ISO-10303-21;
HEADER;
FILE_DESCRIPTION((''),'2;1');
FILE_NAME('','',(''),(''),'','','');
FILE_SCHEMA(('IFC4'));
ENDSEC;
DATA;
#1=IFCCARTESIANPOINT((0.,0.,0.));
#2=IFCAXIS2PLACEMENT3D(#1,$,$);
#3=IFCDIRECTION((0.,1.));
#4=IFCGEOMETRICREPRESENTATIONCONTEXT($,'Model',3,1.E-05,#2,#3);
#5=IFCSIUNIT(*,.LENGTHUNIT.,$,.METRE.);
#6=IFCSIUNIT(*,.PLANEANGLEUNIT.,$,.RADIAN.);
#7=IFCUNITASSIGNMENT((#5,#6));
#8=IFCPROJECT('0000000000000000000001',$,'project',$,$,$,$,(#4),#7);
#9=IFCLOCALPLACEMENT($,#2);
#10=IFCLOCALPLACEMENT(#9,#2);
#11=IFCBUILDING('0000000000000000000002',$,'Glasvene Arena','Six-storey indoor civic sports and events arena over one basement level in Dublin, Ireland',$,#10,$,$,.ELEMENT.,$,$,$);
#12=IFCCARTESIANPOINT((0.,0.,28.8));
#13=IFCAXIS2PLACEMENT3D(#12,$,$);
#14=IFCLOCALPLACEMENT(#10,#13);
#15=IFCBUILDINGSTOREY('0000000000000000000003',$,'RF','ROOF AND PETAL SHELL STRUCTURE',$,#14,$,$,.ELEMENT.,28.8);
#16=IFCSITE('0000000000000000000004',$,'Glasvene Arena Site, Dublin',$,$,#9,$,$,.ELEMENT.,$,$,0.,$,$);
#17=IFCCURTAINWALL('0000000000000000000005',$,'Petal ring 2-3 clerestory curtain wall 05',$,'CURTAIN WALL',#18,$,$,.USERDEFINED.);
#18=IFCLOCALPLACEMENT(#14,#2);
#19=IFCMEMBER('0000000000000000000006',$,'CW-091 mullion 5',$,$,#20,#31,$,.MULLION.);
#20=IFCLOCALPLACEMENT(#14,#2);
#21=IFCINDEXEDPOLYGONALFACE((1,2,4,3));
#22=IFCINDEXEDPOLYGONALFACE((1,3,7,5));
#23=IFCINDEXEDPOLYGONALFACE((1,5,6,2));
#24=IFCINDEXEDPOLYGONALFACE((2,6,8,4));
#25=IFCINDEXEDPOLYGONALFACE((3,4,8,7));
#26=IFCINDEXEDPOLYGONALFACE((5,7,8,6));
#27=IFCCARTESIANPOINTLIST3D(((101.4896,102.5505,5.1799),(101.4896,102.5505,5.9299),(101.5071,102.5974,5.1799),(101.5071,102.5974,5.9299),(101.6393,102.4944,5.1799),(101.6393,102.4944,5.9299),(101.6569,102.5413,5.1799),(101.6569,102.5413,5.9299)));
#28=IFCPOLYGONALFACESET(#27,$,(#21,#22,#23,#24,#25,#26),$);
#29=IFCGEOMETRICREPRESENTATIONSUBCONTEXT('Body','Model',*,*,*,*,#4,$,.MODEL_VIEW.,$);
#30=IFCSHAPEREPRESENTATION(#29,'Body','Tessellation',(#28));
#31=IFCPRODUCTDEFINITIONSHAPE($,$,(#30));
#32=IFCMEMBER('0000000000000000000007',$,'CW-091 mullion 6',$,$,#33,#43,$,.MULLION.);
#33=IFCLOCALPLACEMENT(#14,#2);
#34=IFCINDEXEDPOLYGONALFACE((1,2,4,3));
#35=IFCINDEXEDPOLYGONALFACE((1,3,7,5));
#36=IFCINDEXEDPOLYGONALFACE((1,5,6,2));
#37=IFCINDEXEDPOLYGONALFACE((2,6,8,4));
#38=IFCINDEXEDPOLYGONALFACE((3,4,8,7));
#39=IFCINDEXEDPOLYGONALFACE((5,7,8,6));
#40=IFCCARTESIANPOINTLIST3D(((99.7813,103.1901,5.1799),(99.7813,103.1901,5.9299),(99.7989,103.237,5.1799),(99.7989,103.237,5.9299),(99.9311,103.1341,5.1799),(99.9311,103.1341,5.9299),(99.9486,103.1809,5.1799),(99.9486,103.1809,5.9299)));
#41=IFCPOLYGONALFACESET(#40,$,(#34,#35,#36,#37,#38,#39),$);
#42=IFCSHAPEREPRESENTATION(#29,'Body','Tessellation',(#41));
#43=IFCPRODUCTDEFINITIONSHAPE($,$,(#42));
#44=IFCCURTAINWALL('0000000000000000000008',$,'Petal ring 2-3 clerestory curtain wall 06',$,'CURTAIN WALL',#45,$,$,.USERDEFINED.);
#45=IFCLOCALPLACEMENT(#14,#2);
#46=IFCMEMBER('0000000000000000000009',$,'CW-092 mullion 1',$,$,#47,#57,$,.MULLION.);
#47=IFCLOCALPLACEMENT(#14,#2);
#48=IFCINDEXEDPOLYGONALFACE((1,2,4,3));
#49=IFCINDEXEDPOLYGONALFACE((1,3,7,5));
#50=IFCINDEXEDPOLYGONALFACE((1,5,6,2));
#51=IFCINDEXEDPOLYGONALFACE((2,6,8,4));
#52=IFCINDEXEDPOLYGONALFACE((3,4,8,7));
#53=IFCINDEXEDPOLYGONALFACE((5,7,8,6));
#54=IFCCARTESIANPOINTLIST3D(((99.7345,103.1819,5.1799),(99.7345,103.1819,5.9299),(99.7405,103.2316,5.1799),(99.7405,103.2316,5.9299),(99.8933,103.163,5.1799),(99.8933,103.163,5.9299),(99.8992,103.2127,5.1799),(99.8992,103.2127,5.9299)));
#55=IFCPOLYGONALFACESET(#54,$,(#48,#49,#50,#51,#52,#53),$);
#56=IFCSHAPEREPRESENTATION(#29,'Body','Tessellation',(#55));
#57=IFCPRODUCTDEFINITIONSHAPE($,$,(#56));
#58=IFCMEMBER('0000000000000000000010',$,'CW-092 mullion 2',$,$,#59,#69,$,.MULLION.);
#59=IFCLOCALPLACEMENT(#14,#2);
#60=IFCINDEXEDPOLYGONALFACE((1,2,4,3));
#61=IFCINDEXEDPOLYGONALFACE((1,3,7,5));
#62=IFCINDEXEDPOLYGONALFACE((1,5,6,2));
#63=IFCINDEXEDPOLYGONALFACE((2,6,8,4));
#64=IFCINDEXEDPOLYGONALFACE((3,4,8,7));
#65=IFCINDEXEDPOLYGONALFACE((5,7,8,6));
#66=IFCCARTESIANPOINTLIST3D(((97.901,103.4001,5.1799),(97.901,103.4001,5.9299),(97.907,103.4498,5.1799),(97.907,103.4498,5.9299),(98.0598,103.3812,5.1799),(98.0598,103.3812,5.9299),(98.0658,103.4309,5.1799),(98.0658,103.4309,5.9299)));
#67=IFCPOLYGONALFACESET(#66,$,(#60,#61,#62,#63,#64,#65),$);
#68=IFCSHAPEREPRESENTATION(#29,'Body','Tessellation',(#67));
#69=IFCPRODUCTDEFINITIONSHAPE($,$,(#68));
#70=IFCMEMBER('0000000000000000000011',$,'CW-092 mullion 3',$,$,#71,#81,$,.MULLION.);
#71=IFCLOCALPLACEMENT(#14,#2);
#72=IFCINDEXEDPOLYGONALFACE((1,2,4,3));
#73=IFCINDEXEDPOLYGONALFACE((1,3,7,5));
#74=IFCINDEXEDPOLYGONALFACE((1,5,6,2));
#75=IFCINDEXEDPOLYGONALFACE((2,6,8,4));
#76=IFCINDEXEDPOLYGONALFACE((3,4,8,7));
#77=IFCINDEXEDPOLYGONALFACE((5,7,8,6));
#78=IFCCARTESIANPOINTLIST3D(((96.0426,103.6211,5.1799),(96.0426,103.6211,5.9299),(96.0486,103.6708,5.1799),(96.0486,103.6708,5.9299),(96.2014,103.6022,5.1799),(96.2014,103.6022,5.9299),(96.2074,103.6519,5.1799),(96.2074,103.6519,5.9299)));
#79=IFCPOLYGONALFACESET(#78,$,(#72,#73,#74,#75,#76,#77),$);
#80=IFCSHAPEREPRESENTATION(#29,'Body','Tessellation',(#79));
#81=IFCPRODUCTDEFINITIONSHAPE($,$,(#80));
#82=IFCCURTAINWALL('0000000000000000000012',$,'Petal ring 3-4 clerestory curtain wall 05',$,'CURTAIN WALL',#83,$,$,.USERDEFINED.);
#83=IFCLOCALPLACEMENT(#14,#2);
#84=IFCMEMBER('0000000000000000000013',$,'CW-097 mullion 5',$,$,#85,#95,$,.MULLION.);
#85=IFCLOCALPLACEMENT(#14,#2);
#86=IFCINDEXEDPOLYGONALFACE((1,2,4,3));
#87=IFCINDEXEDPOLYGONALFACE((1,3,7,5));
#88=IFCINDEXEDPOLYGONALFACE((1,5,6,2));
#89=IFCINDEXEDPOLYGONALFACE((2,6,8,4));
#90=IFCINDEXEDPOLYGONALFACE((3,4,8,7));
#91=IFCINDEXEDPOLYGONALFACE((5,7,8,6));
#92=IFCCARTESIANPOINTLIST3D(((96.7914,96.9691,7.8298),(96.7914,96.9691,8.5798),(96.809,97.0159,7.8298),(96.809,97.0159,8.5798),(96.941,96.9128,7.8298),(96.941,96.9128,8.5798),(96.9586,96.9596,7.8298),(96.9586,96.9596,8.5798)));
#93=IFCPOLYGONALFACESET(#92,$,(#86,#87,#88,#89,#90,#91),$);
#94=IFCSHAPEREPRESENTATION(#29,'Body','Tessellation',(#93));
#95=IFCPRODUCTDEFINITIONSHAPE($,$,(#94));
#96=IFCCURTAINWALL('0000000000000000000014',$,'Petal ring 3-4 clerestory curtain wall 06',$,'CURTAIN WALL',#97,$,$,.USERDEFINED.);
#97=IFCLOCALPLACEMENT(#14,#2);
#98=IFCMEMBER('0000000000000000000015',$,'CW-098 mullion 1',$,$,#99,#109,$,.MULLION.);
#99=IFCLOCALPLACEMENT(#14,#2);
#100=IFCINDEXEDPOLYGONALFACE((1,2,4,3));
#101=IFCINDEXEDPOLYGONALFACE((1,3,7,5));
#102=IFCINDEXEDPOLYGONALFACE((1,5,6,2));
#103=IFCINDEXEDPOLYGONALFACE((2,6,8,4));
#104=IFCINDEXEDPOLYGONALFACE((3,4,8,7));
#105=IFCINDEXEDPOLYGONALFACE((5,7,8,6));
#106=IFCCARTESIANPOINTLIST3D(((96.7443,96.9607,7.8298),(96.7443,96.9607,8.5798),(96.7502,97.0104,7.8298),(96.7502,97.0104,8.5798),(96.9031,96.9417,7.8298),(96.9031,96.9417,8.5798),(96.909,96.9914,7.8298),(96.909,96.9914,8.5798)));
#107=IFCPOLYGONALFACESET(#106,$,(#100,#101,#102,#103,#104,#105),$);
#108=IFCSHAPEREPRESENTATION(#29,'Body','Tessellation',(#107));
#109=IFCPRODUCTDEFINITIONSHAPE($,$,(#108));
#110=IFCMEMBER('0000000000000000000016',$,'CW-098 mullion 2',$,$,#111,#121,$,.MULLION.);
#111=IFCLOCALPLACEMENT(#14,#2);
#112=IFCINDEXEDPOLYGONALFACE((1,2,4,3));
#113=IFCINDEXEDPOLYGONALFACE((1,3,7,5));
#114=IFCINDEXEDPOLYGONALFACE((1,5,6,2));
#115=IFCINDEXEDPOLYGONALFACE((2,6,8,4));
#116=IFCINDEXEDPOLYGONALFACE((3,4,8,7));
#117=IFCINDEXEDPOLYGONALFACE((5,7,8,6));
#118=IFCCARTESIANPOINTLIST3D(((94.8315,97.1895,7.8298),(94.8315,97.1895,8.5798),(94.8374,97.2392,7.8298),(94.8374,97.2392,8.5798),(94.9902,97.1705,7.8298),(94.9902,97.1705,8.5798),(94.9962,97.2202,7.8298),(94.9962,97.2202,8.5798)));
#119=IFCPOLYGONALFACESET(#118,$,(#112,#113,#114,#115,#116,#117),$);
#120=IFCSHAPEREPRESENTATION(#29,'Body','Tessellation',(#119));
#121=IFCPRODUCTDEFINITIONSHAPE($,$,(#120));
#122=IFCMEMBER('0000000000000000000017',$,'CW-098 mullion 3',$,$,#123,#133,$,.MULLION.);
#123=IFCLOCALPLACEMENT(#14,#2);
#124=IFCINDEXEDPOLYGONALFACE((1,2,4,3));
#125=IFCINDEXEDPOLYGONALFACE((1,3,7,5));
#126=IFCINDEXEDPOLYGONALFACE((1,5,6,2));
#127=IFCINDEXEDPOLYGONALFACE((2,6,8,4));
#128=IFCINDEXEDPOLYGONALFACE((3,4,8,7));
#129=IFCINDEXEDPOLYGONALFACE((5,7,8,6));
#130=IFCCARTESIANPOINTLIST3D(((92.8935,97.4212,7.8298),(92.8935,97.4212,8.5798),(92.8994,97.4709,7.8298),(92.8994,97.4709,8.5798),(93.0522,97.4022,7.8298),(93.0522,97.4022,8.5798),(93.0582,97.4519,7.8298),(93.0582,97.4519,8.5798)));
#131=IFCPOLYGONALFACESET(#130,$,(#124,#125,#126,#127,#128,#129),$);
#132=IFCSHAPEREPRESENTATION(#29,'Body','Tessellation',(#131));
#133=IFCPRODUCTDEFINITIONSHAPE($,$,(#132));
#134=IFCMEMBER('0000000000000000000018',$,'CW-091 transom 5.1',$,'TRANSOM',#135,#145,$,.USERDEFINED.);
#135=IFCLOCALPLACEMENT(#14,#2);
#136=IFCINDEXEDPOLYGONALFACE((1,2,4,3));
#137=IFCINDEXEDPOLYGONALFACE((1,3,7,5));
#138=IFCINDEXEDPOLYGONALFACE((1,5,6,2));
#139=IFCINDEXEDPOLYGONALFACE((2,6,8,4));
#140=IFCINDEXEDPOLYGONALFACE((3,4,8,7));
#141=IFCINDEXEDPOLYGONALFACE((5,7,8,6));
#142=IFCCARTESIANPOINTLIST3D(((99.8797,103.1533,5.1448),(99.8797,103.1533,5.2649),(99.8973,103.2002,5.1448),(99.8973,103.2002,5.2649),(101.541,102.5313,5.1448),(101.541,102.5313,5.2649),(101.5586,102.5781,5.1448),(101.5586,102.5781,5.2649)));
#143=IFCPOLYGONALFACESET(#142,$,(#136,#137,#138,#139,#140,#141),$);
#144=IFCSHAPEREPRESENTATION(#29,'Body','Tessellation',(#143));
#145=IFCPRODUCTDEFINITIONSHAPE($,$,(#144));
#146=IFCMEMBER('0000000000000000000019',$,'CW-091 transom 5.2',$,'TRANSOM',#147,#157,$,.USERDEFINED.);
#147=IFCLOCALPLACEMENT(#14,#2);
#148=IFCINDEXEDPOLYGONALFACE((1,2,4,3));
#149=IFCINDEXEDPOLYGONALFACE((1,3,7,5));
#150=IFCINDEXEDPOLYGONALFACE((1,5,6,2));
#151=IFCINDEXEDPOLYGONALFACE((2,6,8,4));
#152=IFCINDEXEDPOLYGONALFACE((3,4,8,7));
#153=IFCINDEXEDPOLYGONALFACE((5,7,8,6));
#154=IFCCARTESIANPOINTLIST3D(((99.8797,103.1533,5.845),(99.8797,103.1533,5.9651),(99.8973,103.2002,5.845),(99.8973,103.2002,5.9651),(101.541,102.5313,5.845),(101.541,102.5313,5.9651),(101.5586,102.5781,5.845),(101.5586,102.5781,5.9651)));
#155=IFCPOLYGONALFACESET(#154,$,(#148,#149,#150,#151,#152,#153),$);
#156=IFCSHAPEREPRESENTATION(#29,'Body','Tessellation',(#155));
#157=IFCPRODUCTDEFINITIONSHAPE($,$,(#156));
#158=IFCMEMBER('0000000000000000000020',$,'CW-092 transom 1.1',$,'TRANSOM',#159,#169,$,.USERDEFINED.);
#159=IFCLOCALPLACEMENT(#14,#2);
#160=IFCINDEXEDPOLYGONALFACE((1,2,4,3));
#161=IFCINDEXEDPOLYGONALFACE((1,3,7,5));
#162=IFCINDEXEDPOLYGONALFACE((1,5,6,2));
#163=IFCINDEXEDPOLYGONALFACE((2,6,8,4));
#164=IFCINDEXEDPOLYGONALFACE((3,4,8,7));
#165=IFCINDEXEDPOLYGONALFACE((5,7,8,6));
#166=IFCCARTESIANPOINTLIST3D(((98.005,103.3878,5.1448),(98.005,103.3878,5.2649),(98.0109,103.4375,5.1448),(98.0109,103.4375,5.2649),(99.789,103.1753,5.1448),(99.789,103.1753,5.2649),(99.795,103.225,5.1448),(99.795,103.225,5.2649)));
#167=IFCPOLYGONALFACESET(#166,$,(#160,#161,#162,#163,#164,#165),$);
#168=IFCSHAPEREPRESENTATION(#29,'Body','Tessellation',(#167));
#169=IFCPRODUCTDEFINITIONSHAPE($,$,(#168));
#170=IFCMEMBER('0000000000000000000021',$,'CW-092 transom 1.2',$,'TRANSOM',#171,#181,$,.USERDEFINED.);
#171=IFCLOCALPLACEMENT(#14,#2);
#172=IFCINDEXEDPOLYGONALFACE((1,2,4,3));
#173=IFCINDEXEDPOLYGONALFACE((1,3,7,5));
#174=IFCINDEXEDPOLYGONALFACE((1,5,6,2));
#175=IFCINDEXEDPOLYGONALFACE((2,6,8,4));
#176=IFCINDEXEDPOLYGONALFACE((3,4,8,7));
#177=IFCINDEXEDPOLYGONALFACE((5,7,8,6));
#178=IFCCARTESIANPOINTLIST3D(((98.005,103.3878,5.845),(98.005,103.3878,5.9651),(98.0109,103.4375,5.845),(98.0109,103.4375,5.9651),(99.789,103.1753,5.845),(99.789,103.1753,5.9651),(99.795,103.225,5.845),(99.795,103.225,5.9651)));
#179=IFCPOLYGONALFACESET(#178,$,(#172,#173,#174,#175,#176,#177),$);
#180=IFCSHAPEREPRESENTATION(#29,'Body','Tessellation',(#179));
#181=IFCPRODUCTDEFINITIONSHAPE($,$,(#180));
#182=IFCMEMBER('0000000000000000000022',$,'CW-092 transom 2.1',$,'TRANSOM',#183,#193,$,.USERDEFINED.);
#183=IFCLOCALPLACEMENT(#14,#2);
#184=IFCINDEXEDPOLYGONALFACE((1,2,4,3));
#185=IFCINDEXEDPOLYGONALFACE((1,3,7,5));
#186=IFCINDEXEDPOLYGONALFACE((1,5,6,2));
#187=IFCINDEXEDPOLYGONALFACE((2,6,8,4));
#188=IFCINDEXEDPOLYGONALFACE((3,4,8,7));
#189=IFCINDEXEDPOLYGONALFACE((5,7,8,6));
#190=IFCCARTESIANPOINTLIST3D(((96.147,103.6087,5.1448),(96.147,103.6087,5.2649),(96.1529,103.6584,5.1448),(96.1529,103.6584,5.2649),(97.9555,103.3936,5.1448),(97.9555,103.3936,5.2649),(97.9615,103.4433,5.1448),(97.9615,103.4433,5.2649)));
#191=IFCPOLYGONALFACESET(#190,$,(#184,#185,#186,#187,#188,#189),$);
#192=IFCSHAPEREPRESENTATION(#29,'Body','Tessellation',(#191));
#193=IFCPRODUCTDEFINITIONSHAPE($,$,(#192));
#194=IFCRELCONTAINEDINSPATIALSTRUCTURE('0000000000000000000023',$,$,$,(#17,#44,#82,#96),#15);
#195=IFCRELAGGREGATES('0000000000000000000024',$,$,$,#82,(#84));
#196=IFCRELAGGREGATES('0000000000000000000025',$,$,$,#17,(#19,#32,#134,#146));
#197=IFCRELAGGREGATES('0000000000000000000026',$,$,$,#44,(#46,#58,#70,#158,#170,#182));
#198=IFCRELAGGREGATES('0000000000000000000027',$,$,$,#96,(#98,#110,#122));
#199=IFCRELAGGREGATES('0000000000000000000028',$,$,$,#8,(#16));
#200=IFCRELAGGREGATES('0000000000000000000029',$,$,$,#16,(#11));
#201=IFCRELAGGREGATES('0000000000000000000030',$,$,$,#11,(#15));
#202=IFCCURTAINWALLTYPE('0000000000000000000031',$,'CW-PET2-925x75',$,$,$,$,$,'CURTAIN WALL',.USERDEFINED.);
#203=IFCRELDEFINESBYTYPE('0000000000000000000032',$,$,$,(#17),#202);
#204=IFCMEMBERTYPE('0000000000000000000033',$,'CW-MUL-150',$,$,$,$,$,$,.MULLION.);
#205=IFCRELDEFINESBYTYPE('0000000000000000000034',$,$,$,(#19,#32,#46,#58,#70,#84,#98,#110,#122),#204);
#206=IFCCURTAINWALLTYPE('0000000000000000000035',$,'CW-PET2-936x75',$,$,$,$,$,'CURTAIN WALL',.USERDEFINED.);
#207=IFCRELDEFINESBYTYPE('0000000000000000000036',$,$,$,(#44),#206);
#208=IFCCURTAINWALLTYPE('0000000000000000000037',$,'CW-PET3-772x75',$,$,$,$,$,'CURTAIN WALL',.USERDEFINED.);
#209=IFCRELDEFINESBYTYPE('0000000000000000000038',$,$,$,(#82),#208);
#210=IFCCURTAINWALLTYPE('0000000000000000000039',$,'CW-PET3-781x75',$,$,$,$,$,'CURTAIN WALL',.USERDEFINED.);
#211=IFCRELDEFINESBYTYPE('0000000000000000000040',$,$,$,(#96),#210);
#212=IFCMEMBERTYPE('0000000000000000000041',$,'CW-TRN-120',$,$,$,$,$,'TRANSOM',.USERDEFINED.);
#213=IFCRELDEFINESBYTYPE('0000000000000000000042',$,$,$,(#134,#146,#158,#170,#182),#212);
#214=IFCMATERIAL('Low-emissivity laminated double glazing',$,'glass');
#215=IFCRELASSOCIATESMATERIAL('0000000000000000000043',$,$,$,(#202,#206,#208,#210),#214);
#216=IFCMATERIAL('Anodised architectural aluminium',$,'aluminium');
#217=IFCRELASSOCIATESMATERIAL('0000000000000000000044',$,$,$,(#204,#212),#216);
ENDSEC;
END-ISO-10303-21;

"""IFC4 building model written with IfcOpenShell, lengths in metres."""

from ifc_helpers import new_model, si_unit, direction, frame, origin, origin_2d, place, context, subcontext, project, spatial, rectangle, extrude, material, material_profile, profile_set, type_object, element, aggregate, save


model = new_model("IFC4")

# Units and contexts
model_context = context("Model", 3, precision=1e-05, world=origin(), true_north=direction((0.0, 1.0)))
body_context = subcontext(model_context, "Body", "Model", "MODEL_VIEW")
ifc_project = project(units=[si_unit("LENGTHUNIT", "METRE"), si_unit("PLANEANGLEUNIT", "RADIAN")], contexts=[model_context])

# Site, building, storey
site_placement = place(None, origin())
site = spatial("IfcSite", under=ifc_project, at=site_placement, Name="Glasvene Arena Site, Dublin", CompositionType="ELEMENT", RefElevation=0.0)
building_placement = place(site_placement, origin())
building = spatial("IfcBuilding", under=site, at=building_placement, Name="Glasvene Arena", Description="Six-storey indoor civic sports and events arena over one basement level in Dublin, Ireland", CompositionType="ELEMENT")
storey_placement = place(building_placement, frame((0.0, 0.0, 28.8)))
storey = spatial("IfcBuildingStorey", under=building, at=storey_placement, Name="RF", Description="ROOF AND PETAL SHELL STRUCTURE", CompositionType="ELEMENT", Elevation=28.8)

# Curtain walls, members
ifc_material_1 = material(Name="Low-emissivity laminated double glazing", Category="glass")
curtain_wall_type_1 = type_object("IfcCurtainWallType", Name="CW-PET2-925x75", ElementType="CURTAIN WALL", PredefinedType="USERDEFINED", material=ifc_material_1)
curtain_wall_1_placement = place(storey_placement, frame((108.5, 99.9524, 0.0)))
curtain_wall_1 = element("IfcCurtainWall", 1, at=curtain_wall_1_placement, inside=storey, type_object=curtain_wall_type_1, Name="Petal ring 2-3 clerestory curtain wall 05", ObjectType="CURTAIN WALL", PredefinedType="USERDEFINED")
ifc_material_2 = material(Name="Anodised architectural aluminium", Category="aluminium")
ifc_material_profile_1 = material_profile(ifc_material_2, rectangle(XDim=0.05, YDim=0.1599, at=origin_2d()), Name="ALU MULLION 50x160")
ifc_profile_set_1 = profile_set([ifc_material_profile_1], Name="Anodised architectural aluminium")
member_type_1 = type_object("IfcMemberType", Name="CW-MUL-150", PredefinedType="MULLION", material=ifc_profile_set_1)
member_1_placement = place(storey_placement, frame((101.5732, 102.5459, 5.1799), z_axis=(0.0, 0.0, 1.0), x_axis=(-0.35064, -0.93651, 0.0)))
member_1 = element("IfcMember", 2, at=member_1_placement, type_object=member_type_1, Name="CW-091 mullion 5", PredefinedType="MULLION", context=body_context, shape_type="SweptSolid", body=[
    extrude(rectangle(XDim=0.05, YDim=0.1599, at=origin_2d()), origin(), (0.0, 0.0, 1.0), 0.75),
])
member_2_placement = place(storey_placement, frame((99.865, 103.1855, 5.1799), z_axis=(0.0, 0.0, 1.0), x_axis=(-0.35064, -0.93651, 0.0)))
member_2 = element("IfcMember", 3, at=member_2_placement, type_object=member_type_1, Name="CW-091 mullion 6", PredefinedType="MULLION", context=body_context, shape_type="SweptSolid", body=[
    extrude(rectangle(XDim=0.05, YDim=0.1599, at=origin_2d()), origin(), (0.0, 0.0, 1.0), 0.75),
])
curtain_wall_type_2 = type_object("IfcCurtainWallType", Name="CW-PET2-936x75", ElementType="CURTAIN WALL", PredefinedType="USERDEFINED", material=ifc_material_1)
curtain_wall_2_placement = place(storey_placement, frame((99.8416, 103.1943, 0.0)))
curtain_wall_2 = element("IfcCurtainWall", 4, at=curtain_wall_2_placement, inside=storey, type_object=curtain_wall_type_2, Name="Petal ring 2-3 clerestory curtain wall 06", ObjectType="CURTAIN WALL", PredefinedType="USERDEFINED")
member_3_placement = place(storey_placement, frame((99.8169, 103.1973, 5.1799), z_axis=(0.0, 0.0, 1.0), x_axis=(-0.118166, -0.992994, 0.0)))
member_3 = element("IfcMember", 5, at=member_3_placement, type_object=member_type_1, Name="CW-092 mullion 1", PredefinedType="MULLION", context=body_context, shape_type="SweptSolid", body=[
    extrude(rectangle(XDim=0.05, YDim=0.1599, at=origin_2d()), origin(), (0.0, 0.0, 1.0), 0.75),
])
member_4_placement = place(storey_placement, frame((97.9834, 103.4155, 5.1799), z_axis=(0.0, 0.0, 1.0), x_axis=(-0.118166, -0.992994, 0.0)))
member_4 = element("IfcMember", 6, at=member_4_placement, type_object=member_type_1, Name="CW-092 mullion 2", PredefinedType="MULLION", context=body_context, shape_type="SweptSolid", body=[
    extrude(rectangle(XDim=0.05, YDim=0.1599, at=origin_2d()), origin(), (0.0, 0.0, 1.0), 0.75),
])
member_5_placement = place(storey_placement, frame((96.125, 103.6365, 5.1799), z_axis=(0.0, 0.0, 1.0), x_axis=(-0.118166, -0.992994, 0.0)))
member_5 = element("IfcMember", 7, at=member_5_placement, type_object=member_type_1, Name="CW-092 mullion 3", PredefinedType="MULLION", context=body_context, shape_type="SweptSolid", body=[
    extrude(rectangle(XDim=0.05, YDim=0.1599, at=origin_2d()), origin(), (0.0, 0.0, 1.0), 0.75),
])

# Curtain wall, member
curtain_wall_type_3 = type_object("IfcCurtainWallType", Name="CW-PET3-772x75", ElementType="CURTAIN WALL", PredefinedType="USERDEFINED", material=ifc_material_1)
curtain_wall_3_placement = place(storey_placement, frame((104.075, 94.2559, 0.0)))
curtain_wall_3 = element("IfcCurtainWall", 8, at=curtain_wall_3_placement, inside=storey, type_object=curtain_wall_type_3, Name="Petal ring 3-4 clerestory curtain wall 05", ObjectType="CURTAIN WALL", PredefinedType="USERDEFINED")
member_6_placement = place(storey_placement, frame((96.875, 96.9644, 7.8298), z_axis=(0.0, 0.0, 1.0), x_axis=(-0.352092, -0.935966, 0.0)))
member_6 = element("IfcMember", 9, at=member_6_placement, type_object=member_type_1, Name="CW-097 mullion 5", PredefinedType="MULLION", context=body_context, shape_type="SweptSolid", body=[
    extrude(rectangle(XDim=0.05, YDim=0.1599, at=origin_2d()), origin(), (0.0, 0.0, 1.0), 0.75),
])
aggregate(curtain_wall_3, [member_6])

# Curtain wall, members
curtain_wall_type_4 = type_object("IfcCurtainWallType", Name="CW-PET3-781x75", ElementType="CURTAIN WALL", PredefinedType="USERDEFINED", material=ifc_material_1)
curtain_wall_4_placement = place(storey_placement, frame((96.8516, 96.9731, 0.0)))
curtain_wall_4 = element("IfcCurtainWall", 10, at=curtain_wall_4_placement, inside=storey, type_object=curtain_wall_type_4, Name="Petal ring 3-4 clerestory curtain wall 06", ObjectType="CURTAIN WALL", PredefinedType="USERDEFINED")
member_7_placement = place(storey_placement, frame((96.8267, 96.9761, 7.8298), z_axis=(0.0, 0.0, 1.0), x_axis=(-0.118717, -0.992928, 0.0)))
member_7 = element("IfcMember", 11, at=member_7_placement, type_object=member_type_1, Name="CW-098 mullion 1", PredefinedType="MULLION", context=body_context, shape_type="SweptSolid", body=[
    extrude(rectangle(XDim=0.05, YDim=0.1599, at=origin_2d()), origin(), (0.0, 0.0, 1.0), 0.75),
])
member_8_placement = place(storey_placement, frame((94.9138, 97.2048, 7.8298), z_axis=(0.0, 0.0, 1.0), x_axis=(-0.118717, -0.992928, 0.0)))
member_8 = element("IfcMember", 12, at=member_8_placement, type_object=member_type_1, Name="CW-098 mullion 2", PredefinedType="MULLION", context=body_context, shape_type="SweptSolid", body=[
    extrude(rectangle(XDim=0.05, YDim=0.1599, at=origin_2d()), origin(), (0.0, 0.0, 1.0), 0.75),
])
member_9_placement = place(storey_placement, frame((92.9758, 97.4365, 7.8298), z_axis=(0.0, 0.0, 1.0), x_axis=(-0.118717, -0.992928, 0.0)))
member_9 = element("IfcMember", 13, at=member_9_placement, type_object=member_type_1, Name="CW-098 mullion 3", PredefinedType="MULLION", context=body_context, shape_type="SweptSolid", body=[
    extrude(rectangle(XDim=0.05, YDim=0.1599, at=origin_2d()), origin(), (0.0, 0.0, 1.0), 0.75),
])

# Members
ifc_material_profile_2 = material_profile(ifc_material_2, rectangle(XDim=0.05, YDim=0.1201, at=origin_2d()), Name="ALU TRANSOM 50x120")
ifc_profile_set_2 = profile_set([ifc_material_profile_2], Name="Anodised architectural aluminium")
member_type_2 = type_object("IfcMemberType", Name="CW-TRN-120", ElementType="TRANSOM", PredefinedType="USERDEFINED", material=ifc_profile_set_2)
member_10_placement = place(storey_placement, frame((101.5498, 102.5547, 5.2048), z_axis=(-0.936504, 0.350656, 0.0), x_axis=(-0.350656, -0.936504, 0.0)))
member_10 = element("IfcMember", 14, at=member_10_placement, type_object=member_type_2, Name="CW-091 transom 5.1", ObjectType="TRANSOM", PredefinedType="USERDEFINED", context=body_context, shape_type="SweptSolid", body=[
    extrude(rectangle(XDim=0.05, YDim=0.1201, at=origin_2d()), origin(), (0.0, 0.0, 1.0), 1.7739),
])
member_11_placement = place(storey_placement, frame((101.5498, 102.5547, 5.905), z_axis=(-0.936504, 0.350656, 0.0), x_axis=(-0.350656, -0.936504, 0.0)))
member_11 = element("IfcMember", 15, at=member_11_placement, type_object=member_type_2, Name="CW-091 transom 5.2", ObjectType="TRANSOM", PredefinedType="USERDEFINED", context=body_context, shape_type="SweptSolid", body=[
    extrude(rectangle(XDim=0.05, YDim=0.1201, at=origin_2d()), origin(), (0.0, 0.0, 1.0), 1.7739),
])
member_12_placement = place(storey_placement, frame((99.792, 103.2002, 5.2048), z_axis=(-0.992986, 0.118229, 0.0), x_axis=(-0.118229, -0.992986, 0.0)))
member_12 = element("IfcMember", 16, at=member_12_placement, type_object=member_type_2, Name="CW-092 transom 1.1", ObjectType="TRANSOM", PredefinedType="USERDEFINED", context=body_context, shape_type="SweptSolid", body=[
    extrude(rectangle(XDim=0.05, YDim=0.1201, at=origin_2d()), origin(), (0.0, 0.0, 1.0), 1.7966),
])
member_13_placement = place(storey_placement, frame((99.792, 103.2002, 5.905), z_axis=(-0.992986, 0.118229, 0.0), x_axis=(-0.118229, -0.992986, 0.0)))
member_13 = element("IfcMember", 17, at=member_13_placement, type_object=member_type_2, Name="CW-092 transom 1.2", ObjectType="TRANSOM", PredefinedType="USERDEFINED", context=body_context, shape_type="SweptSolid", body=[
    extrude(rectangle(XDim=0.05, YDim=0.1201, at=origin_2d()), origin(), (0.0, 0.0, 1.0), 1.7966),
])
member_14_placement = place(storey_placement, frame((97.9585, 103.4185, 5.2048), z_axis=(-0.993003, 0.118093, 0.0), x_axis=(-0.118093, -0.993003, 0.0)))
member_14 = element("IfcMember", 18, at=member_14_placement, type_object=member_type_2, Name="CW-092 transom 2.1", ObjectType="TRANSOM", PredefinedType="USERDEFINED", context=body_context, shape_type="SweptSolid", body=[
    extrude(rectangle(XDim=0.05, YDim=0.1201, at=origin_2d()), origin(), (0.0, 0.0, 1.0), 1.8213),
])

aggregate(curtain_wall_1, [member_1, member_2, member_10, member_11])
aggregate(curtain_wall_2, [member_3, member_4, member_5, member_12, member_13, member_14])
aggregate(curtain_wall_4, [member_7, member_8, member_9])

save(model, "model.ifc")
